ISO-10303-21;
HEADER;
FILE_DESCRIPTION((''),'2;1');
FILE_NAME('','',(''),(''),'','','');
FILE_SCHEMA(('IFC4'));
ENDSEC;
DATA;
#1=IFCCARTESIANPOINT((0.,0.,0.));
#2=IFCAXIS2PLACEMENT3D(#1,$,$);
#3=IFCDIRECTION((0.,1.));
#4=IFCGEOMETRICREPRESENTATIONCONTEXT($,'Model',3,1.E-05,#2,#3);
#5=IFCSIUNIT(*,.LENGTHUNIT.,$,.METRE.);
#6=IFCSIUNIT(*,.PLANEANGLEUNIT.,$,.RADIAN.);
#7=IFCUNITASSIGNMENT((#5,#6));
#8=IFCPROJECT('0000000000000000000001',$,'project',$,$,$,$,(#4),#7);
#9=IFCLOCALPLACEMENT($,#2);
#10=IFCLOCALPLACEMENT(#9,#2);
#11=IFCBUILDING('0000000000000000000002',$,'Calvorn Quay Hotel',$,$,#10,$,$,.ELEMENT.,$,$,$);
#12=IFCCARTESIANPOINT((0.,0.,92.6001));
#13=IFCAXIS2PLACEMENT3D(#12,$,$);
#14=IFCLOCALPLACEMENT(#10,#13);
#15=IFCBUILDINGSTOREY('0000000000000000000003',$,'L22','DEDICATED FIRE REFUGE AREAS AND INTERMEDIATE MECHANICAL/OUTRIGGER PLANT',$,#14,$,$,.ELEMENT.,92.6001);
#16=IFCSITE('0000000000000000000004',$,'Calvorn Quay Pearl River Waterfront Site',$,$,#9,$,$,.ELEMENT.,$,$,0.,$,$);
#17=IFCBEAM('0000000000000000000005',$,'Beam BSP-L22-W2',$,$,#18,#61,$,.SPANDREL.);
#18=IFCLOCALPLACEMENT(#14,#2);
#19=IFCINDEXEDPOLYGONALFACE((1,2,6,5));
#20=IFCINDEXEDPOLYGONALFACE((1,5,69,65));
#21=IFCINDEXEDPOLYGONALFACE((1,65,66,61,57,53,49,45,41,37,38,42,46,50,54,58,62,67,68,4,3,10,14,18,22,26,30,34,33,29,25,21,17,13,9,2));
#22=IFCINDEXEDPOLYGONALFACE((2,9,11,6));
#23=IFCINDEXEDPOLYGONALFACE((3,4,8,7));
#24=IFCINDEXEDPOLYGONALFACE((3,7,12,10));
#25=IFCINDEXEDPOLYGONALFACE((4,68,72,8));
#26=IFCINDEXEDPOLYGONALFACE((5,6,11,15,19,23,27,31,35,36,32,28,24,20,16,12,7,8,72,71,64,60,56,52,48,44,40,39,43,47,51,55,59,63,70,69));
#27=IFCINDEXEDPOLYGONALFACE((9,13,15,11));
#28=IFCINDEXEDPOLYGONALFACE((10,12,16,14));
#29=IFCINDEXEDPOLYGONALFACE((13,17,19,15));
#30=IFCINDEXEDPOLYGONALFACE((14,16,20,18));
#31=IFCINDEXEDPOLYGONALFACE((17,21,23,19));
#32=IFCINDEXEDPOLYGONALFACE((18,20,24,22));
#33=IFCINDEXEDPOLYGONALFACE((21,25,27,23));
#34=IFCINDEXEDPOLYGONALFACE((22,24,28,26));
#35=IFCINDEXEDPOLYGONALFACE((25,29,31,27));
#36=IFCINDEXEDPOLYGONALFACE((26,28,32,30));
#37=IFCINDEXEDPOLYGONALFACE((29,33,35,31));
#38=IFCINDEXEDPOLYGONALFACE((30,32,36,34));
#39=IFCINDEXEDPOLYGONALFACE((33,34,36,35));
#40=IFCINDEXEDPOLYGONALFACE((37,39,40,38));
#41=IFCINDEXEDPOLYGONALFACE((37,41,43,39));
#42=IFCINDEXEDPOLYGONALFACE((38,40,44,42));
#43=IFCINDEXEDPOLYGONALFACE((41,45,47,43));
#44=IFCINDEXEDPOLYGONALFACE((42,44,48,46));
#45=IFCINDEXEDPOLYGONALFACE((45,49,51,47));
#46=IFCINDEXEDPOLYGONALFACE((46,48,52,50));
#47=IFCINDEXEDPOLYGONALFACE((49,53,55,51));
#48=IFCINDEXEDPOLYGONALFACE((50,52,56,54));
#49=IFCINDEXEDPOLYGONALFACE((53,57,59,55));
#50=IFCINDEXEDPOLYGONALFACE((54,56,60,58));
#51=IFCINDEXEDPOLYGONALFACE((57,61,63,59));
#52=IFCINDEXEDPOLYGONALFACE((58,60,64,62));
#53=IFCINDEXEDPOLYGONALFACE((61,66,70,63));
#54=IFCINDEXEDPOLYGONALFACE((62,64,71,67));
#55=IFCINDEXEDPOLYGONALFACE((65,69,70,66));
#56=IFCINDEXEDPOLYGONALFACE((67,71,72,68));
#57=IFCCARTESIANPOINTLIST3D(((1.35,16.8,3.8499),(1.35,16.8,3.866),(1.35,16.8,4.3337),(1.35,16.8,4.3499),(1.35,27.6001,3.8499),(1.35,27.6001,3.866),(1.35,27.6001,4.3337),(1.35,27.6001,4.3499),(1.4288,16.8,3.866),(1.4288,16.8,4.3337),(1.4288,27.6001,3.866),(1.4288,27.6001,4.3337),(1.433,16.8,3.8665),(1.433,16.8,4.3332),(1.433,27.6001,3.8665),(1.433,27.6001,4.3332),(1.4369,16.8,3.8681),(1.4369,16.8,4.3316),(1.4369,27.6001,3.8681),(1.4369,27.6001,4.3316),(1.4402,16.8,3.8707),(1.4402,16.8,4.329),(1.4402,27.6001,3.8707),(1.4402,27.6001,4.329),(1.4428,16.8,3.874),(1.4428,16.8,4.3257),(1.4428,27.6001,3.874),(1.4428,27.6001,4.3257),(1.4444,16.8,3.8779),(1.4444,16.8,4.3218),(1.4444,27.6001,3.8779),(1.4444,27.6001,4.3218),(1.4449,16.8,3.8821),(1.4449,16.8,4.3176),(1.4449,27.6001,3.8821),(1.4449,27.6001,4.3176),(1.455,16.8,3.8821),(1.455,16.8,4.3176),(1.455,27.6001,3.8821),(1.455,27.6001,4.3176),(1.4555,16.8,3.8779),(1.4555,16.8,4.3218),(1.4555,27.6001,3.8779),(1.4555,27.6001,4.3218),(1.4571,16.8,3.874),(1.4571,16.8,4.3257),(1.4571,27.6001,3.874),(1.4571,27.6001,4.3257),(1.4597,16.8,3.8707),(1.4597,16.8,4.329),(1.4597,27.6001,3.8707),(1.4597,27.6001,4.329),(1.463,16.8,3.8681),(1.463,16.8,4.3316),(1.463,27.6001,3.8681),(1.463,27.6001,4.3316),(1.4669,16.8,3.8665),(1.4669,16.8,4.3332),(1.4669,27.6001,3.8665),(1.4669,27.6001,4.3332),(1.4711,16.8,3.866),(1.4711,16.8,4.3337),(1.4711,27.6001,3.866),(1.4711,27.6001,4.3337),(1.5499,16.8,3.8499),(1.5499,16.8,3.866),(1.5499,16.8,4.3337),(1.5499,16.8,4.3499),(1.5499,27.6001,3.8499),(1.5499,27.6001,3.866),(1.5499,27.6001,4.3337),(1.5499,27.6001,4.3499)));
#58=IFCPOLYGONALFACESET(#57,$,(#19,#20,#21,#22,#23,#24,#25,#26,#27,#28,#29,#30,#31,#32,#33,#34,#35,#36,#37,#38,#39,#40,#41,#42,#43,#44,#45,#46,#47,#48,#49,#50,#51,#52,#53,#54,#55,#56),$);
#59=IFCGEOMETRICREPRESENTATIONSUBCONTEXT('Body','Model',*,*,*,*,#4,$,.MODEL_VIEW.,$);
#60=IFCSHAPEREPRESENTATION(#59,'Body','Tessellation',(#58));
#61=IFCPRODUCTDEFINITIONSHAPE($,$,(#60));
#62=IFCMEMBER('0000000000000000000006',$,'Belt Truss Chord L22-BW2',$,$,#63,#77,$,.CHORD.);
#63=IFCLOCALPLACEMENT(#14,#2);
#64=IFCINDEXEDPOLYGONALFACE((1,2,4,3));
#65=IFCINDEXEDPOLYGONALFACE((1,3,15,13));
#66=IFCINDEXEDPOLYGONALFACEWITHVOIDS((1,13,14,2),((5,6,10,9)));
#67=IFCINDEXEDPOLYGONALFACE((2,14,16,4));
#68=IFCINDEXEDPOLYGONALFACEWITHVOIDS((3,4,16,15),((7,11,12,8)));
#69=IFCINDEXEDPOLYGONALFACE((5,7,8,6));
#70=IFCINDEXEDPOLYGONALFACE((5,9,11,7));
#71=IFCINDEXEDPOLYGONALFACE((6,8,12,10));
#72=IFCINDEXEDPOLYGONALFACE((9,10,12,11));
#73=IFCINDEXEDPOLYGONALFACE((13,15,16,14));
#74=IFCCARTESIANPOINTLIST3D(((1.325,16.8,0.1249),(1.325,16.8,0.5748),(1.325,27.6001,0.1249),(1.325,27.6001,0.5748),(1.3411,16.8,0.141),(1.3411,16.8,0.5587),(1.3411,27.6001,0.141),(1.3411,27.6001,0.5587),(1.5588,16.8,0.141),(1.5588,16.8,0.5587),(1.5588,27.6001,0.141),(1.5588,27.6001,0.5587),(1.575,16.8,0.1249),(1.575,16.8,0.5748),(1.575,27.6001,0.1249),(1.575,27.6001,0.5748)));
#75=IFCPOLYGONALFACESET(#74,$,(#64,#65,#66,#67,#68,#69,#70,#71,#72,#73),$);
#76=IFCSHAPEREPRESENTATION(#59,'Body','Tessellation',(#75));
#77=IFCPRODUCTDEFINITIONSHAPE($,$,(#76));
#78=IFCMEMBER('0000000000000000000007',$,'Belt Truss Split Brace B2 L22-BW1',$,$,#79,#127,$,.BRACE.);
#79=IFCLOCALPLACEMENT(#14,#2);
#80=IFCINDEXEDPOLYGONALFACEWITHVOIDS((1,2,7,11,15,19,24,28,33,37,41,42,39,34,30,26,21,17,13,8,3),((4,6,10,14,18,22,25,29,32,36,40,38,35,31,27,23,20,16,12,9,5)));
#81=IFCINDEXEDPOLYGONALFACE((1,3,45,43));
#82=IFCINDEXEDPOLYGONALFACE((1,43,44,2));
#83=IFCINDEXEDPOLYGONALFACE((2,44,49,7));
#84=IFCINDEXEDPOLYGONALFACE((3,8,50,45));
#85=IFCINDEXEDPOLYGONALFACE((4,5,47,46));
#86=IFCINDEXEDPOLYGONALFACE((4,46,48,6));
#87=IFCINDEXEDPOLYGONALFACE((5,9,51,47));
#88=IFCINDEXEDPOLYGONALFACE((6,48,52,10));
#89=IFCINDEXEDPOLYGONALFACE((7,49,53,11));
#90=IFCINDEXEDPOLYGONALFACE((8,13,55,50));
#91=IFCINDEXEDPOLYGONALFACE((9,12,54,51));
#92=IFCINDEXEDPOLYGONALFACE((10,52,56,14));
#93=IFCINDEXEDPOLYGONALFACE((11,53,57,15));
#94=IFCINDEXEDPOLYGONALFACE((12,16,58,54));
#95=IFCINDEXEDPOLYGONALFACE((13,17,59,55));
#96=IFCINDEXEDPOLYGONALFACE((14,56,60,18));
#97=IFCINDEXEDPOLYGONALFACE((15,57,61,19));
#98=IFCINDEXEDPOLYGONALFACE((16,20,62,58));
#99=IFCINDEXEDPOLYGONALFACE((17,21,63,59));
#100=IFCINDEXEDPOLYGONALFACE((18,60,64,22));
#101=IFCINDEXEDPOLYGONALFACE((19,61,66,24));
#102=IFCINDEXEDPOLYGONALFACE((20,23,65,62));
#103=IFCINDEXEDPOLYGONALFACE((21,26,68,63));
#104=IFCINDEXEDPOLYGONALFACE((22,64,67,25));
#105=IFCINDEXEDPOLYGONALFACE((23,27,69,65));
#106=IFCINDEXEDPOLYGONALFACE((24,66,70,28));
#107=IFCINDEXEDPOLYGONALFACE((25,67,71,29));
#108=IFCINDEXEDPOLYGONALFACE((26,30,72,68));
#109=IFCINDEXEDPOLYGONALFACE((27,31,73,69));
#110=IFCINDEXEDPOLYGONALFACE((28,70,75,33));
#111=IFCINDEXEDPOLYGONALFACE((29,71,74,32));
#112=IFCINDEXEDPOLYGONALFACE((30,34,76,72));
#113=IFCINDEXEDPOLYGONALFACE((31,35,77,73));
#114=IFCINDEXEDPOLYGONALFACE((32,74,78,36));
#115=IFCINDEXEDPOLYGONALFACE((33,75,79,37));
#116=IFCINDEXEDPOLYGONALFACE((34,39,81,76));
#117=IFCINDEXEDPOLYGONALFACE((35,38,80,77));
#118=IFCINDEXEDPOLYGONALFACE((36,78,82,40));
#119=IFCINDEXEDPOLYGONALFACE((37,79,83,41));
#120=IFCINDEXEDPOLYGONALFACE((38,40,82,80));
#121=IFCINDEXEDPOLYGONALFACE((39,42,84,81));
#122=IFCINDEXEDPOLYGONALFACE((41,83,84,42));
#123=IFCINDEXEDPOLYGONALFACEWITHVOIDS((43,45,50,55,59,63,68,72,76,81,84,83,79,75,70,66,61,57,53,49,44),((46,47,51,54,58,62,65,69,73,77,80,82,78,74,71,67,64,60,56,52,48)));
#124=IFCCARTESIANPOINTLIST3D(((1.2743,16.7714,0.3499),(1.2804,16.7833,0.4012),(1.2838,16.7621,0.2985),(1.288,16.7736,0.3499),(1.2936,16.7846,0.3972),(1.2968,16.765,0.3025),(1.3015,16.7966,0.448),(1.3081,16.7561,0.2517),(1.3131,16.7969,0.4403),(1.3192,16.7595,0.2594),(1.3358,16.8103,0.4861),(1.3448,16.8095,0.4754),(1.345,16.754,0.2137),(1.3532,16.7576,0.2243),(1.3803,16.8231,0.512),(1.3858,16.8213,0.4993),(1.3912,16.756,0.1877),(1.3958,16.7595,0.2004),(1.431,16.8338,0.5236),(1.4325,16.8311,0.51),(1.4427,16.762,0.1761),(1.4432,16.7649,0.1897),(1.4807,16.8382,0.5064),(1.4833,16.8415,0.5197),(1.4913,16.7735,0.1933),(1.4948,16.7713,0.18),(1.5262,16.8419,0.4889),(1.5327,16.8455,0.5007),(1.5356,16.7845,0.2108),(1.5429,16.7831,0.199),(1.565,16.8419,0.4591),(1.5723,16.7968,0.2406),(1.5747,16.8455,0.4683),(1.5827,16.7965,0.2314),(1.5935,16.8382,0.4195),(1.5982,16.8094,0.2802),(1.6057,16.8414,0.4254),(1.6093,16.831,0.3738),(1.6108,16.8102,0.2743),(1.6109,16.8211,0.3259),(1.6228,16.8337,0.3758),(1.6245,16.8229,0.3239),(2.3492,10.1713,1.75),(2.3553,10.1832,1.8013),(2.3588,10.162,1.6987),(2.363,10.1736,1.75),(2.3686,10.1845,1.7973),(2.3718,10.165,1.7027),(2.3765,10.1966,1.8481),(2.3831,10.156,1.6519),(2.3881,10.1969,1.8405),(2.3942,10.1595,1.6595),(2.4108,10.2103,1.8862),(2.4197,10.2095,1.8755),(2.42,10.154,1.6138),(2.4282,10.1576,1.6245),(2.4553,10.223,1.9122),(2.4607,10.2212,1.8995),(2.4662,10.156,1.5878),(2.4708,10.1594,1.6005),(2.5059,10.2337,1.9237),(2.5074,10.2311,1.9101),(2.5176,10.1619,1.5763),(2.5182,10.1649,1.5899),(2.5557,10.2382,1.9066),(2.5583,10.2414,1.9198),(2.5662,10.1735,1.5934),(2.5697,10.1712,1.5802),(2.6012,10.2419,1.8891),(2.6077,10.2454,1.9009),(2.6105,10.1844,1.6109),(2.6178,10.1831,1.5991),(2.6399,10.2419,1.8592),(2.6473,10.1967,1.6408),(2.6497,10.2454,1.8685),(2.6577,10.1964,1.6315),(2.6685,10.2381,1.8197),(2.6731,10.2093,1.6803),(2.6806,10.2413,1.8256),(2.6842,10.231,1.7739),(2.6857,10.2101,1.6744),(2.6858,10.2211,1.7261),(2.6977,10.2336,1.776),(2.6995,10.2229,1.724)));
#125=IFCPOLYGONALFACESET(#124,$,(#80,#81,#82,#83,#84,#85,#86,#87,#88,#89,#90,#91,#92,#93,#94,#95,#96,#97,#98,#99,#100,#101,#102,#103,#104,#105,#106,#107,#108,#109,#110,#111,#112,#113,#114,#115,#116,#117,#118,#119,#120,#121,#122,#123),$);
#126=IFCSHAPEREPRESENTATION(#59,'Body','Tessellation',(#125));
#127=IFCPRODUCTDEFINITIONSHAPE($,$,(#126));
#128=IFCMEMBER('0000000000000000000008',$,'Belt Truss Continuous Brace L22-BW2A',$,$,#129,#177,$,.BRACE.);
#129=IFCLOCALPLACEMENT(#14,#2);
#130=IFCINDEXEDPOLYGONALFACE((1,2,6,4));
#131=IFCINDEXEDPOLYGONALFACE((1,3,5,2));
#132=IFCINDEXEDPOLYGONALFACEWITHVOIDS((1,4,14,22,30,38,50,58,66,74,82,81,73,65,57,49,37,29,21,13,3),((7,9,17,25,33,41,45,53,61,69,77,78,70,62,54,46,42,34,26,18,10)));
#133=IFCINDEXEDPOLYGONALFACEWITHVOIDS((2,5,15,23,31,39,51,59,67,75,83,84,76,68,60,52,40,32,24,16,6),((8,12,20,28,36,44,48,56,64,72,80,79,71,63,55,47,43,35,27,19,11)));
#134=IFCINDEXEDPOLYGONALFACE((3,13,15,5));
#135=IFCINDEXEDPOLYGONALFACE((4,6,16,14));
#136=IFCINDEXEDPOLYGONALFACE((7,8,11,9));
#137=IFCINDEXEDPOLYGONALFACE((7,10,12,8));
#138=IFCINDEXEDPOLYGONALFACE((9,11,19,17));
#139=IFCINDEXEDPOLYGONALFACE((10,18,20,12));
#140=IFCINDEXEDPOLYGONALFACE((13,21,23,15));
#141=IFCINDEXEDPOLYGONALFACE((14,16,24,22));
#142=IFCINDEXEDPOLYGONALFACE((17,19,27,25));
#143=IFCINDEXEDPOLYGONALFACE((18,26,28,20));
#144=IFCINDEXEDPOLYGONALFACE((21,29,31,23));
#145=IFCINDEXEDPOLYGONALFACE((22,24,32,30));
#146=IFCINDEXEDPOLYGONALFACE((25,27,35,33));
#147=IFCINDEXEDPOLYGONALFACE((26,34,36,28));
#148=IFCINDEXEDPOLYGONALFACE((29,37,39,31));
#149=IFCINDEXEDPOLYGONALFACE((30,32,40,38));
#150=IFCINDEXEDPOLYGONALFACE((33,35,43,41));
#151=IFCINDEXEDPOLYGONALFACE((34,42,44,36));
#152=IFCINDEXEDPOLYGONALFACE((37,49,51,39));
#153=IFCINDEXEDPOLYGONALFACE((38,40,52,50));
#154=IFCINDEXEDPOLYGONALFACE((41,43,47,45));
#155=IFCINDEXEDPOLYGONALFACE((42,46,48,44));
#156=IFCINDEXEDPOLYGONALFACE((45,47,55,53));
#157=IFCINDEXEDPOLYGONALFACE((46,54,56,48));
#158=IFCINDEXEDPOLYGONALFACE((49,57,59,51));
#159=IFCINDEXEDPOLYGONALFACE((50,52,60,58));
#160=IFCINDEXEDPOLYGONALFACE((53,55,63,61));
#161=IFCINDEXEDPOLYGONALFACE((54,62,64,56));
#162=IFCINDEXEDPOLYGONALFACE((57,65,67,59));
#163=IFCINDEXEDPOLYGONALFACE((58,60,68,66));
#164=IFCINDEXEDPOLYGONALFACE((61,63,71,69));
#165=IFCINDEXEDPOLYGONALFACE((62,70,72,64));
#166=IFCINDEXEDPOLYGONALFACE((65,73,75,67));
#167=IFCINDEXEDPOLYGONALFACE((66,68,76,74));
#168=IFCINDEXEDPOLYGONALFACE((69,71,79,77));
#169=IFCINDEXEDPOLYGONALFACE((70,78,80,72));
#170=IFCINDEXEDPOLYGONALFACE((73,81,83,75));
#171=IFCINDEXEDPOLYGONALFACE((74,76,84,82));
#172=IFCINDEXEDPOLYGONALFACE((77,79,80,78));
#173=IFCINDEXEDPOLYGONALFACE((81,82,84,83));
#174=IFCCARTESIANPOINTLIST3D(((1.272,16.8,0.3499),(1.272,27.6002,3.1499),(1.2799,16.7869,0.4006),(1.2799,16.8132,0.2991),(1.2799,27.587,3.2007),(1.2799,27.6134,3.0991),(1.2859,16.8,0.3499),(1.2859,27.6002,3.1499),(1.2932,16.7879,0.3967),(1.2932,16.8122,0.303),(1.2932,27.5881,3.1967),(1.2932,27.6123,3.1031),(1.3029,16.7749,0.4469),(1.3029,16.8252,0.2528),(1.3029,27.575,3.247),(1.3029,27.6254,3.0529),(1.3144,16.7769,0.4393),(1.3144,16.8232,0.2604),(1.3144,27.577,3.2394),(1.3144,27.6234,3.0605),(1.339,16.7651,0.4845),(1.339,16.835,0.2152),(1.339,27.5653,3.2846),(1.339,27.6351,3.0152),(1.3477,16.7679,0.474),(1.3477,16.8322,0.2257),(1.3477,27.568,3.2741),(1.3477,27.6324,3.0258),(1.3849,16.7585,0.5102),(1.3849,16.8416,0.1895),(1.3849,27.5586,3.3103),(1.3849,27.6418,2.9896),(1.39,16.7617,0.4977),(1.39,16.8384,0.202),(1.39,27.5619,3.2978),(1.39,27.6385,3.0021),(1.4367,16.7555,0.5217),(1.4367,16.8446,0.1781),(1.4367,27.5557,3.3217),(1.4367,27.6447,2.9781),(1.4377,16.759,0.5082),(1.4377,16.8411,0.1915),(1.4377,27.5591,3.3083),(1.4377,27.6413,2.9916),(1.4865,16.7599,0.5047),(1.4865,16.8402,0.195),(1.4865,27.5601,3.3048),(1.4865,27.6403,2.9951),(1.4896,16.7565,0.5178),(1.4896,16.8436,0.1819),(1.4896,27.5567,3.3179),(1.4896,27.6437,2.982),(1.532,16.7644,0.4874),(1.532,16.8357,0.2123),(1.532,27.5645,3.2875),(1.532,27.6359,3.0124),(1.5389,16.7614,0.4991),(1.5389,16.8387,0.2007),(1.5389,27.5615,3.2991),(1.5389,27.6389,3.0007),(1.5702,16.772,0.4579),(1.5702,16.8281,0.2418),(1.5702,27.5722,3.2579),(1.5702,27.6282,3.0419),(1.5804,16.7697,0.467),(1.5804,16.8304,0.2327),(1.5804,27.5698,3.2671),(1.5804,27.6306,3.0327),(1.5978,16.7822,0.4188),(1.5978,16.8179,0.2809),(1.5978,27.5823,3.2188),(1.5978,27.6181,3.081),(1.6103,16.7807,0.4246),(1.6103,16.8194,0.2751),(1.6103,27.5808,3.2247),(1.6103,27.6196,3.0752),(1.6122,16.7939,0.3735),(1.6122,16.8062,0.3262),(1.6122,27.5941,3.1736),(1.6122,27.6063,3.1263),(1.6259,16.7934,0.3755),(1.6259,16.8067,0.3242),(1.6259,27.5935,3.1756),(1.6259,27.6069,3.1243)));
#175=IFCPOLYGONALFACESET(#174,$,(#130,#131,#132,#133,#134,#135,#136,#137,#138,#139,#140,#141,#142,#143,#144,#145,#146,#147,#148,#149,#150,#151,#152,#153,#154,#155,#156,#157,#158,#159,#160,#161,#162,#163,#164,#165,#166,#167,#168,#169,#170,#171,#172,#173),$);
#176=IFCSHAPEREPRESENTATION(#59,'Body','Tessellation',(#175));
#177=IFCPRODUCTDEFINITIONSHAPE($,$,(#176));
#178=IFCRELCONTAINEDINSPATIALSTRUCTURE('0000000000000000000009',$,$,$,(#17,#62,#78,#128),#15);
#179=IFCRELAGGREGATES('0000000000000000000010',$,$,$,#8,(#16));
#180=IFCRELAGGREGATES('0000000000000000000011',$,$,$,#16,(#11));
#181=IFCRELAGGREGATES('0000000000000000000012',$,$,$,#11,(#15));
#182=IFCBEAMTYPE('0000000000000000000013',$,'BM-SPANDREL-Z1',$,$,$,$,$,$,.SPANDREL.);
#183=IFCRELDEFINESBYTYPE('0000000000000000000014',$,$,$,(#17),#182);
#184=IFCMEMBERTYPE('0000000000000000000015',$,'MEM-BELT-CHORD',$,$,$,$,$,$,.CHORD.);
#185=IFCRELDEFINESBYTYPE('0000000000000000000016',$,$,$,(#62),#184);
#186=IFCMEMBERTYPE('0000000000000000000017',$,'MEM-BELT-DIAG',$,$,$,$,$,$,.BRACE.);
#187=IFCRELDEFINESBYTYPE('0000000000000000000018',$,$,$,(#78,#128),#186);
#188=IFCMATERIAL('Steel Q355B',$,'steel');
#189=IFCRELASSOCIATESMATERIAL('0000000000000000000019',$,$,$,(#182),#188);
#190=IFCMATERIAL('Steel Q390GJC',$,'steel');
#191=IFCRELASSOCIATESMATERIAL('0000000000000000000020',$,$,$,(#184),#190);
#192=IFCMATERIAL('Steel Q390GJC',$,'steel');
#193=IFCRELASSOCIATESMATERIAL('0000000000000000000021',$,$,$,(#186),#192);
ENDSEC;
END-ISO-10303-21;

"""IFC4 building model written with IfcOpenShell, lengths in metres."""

from ifc_helpers import new_model, si_unit, direction, frame, origin, origin_2d, place, context, subcontext, project, spatial, hollow_rectangle, hollow_circle, i_section, extrude, material, material_profile, profile_set, type_object, element, save


model = new_model("IFC4")

# Units and contexts
model_context = context("Model", 3, precision=1e-05, world=origin(), true_north=direction((0.0, 1.0)))
body_context = subcontext(model_context, "Body", "Model", "MODEL_VIEW")
ifc_project = project(units=[si_unit("LENGTHUNIT", "METRE"), si_unit("PLANEANGLEUNIT", "RADIAN")], contexts=[model_context])

# Site, building, storey
site_placement = place(None, origin())
site = spatial("IfcSite", under=ifc_project, at=site_placement, Name="Calvorn Quay Pearl River Waterfront Site", CompositionType="ELEMENT", RefElevation=0.0)
building_placement = place(site_placement, origin())
building = spatial("IfcBuilding", under=site, at=building_placement, Name="Calvorn Quay Hotel", CompositionType="ELEMENT")
storey_placement = place(building_placement, frame((0.0, 0.0, 92.6001)))
storey = spatial("IfcBuildingStorey", under=building, at=storey_placement, Name="L22", Description="DEDICATED FIRE REFUGE AREAS AND INTERMEDIATE MECHANICAL/OUTRIGGER PLANT", CompositionType="ELEMENT", Elevation=92.6001)

# Beam
ifc_material_1 = material(Name="Steel Q355B", Category="steel")
ifc_material_profile_1 = material_profile(ifc_material_1, i_section(OverallWidth=0.2, OverallDepth=0.5, WebThickness=0.01, FlangeThickness=0.0161, FilletRadius=0.0161, at=origin_2d()), Name="HN500x200x10x16")
ifc_profile_set_1 = profile_set([ifc_material_profile_1], Name="Steel Q355B")
beam_type_1 = type_object("IfcBeamType", Name="BM-SPANDREL-Z1", PredefinedType="SPANDREL", material=ifc_profile_set_1)
beam_1_placement = place(storey_placement, frame((1.45, 16.8, 4.0999), z_axis=(0.0, 1.0, 0.0), x_axis=(-1.0, 0.0, 0.0)))
element("IfcBeam", 1, at=beam_1_placement, inside=storey, type_object=beam_type_1, Name="Beam BSP-L22-W2", PredefinedType="SPANDREL", context=body_context, shape_type="SweptSolid", body=[
    extrude(i_section(OverallWidth=0.2, OverallDepth=0.5, WebThickness=0.01, FlangeThickness=0.0161, FilletRadius=0.0161, at=origin_2d()), origin(), (0.0, 0.0, 1.0), 10.8),
])

# Members
ifc_material_2 = material(Name="Steel Q390GJC", Category="steel")
ifc_material_profile_2 = material_profile(ifc_material_2, hollow_rectangle(XDim=0.25, YDim=0.45, WallThickness=0.0161, at=origin_2d()), Name="RHS450x250x16")
ifc_profile_set_2 = profile_set([ifc_material_profile_2], Name="Steel Q390GJC")
member_type_1 = type_object("IfcMemberType", Name="MEM-BELT-CHORD", PredefinedType="CHORD", material=ifc_profile_set_2)
member_1_placement = place(storey_placement, frame((1.45, 16.8, 0.3499), z_axis=(0.0, 1.0, 0.0), x_axis=(-1.0, 0.0, 0.0)))
element("IfcMember", 2, at=member_1_placement, inside=storey, type_object=member_type_1, Name="Belt Truss Chord L22-BW2", PredefinedType="CHORD", context=body_context, shape_type="SweptSolid", body=[
    extrude(hollow_rectangle(XDim=0.25, YDim=0.45, WallThickness=0.0161, at=origin_2d()), origin(), (0.0, 0.0, 1.0), 10.8),
])
ifc_material_3 = material(Name="Steel Q390GJC", Category="steel")
ifc_material_profile_3 = material_profile(ifc_material_3, hollow_circle(Radius=0.178, WallThickness=0.0139, at=origin_2d()), Name="CHS356x14")
ifc_profile_set_3 = profile_set([ifc_material_profile_3], Name="Steel Q390GJC")
member_type_2 = type_object("IfcMemberType", Name="MEM-BELT-DIAG", PredefinedType="BRACE", material=ifc_profile_set_3)
member_2_placement = place(storey_placement, frame((2.5249, 10.2, 1.75), z_axis=(-0.157339, 0.966046, -0.204937), x_axis=(-0.986995, -0.160751, 0.0)))
element("IfcMember", 3, at=member_2_placement, inside=storey, type_object=member_type_2, Name="Belt Truss Split Brace B2 L22-BW1", PredefinedType="BRACE", context=body_context, shape_type="SweptSolid", body=[
    extrude(hollow_circle(Radius=0.178, WallThickness=0.0139, at=origin_2d()), origin(), (0.0, 0.0, 1.0), 6.832),
])
member_3_placement = place(storey_placement, frame((1.45, 16.8, 0.3499), z_axis=(0.0, 0.967996, 0.250965), x_axis=(-1.0, 0.0, 0.0)))
element("IfcMember", 4, at=member_3_placement, inside=storey, type_object=member_type_2, Name="Belt Truss Continuous Brace L22-BW2A", PredefinedType="BRACE", context=body_context, shape_type="SweptSolid", body=[
    extrude(hollow_circle(Radius=0.178, WallThickness=0.0139, at=origin_2d()), origin(), (0.0, 0.0, 1.0), 11.1572),
])

save(model, "model.ifc")
